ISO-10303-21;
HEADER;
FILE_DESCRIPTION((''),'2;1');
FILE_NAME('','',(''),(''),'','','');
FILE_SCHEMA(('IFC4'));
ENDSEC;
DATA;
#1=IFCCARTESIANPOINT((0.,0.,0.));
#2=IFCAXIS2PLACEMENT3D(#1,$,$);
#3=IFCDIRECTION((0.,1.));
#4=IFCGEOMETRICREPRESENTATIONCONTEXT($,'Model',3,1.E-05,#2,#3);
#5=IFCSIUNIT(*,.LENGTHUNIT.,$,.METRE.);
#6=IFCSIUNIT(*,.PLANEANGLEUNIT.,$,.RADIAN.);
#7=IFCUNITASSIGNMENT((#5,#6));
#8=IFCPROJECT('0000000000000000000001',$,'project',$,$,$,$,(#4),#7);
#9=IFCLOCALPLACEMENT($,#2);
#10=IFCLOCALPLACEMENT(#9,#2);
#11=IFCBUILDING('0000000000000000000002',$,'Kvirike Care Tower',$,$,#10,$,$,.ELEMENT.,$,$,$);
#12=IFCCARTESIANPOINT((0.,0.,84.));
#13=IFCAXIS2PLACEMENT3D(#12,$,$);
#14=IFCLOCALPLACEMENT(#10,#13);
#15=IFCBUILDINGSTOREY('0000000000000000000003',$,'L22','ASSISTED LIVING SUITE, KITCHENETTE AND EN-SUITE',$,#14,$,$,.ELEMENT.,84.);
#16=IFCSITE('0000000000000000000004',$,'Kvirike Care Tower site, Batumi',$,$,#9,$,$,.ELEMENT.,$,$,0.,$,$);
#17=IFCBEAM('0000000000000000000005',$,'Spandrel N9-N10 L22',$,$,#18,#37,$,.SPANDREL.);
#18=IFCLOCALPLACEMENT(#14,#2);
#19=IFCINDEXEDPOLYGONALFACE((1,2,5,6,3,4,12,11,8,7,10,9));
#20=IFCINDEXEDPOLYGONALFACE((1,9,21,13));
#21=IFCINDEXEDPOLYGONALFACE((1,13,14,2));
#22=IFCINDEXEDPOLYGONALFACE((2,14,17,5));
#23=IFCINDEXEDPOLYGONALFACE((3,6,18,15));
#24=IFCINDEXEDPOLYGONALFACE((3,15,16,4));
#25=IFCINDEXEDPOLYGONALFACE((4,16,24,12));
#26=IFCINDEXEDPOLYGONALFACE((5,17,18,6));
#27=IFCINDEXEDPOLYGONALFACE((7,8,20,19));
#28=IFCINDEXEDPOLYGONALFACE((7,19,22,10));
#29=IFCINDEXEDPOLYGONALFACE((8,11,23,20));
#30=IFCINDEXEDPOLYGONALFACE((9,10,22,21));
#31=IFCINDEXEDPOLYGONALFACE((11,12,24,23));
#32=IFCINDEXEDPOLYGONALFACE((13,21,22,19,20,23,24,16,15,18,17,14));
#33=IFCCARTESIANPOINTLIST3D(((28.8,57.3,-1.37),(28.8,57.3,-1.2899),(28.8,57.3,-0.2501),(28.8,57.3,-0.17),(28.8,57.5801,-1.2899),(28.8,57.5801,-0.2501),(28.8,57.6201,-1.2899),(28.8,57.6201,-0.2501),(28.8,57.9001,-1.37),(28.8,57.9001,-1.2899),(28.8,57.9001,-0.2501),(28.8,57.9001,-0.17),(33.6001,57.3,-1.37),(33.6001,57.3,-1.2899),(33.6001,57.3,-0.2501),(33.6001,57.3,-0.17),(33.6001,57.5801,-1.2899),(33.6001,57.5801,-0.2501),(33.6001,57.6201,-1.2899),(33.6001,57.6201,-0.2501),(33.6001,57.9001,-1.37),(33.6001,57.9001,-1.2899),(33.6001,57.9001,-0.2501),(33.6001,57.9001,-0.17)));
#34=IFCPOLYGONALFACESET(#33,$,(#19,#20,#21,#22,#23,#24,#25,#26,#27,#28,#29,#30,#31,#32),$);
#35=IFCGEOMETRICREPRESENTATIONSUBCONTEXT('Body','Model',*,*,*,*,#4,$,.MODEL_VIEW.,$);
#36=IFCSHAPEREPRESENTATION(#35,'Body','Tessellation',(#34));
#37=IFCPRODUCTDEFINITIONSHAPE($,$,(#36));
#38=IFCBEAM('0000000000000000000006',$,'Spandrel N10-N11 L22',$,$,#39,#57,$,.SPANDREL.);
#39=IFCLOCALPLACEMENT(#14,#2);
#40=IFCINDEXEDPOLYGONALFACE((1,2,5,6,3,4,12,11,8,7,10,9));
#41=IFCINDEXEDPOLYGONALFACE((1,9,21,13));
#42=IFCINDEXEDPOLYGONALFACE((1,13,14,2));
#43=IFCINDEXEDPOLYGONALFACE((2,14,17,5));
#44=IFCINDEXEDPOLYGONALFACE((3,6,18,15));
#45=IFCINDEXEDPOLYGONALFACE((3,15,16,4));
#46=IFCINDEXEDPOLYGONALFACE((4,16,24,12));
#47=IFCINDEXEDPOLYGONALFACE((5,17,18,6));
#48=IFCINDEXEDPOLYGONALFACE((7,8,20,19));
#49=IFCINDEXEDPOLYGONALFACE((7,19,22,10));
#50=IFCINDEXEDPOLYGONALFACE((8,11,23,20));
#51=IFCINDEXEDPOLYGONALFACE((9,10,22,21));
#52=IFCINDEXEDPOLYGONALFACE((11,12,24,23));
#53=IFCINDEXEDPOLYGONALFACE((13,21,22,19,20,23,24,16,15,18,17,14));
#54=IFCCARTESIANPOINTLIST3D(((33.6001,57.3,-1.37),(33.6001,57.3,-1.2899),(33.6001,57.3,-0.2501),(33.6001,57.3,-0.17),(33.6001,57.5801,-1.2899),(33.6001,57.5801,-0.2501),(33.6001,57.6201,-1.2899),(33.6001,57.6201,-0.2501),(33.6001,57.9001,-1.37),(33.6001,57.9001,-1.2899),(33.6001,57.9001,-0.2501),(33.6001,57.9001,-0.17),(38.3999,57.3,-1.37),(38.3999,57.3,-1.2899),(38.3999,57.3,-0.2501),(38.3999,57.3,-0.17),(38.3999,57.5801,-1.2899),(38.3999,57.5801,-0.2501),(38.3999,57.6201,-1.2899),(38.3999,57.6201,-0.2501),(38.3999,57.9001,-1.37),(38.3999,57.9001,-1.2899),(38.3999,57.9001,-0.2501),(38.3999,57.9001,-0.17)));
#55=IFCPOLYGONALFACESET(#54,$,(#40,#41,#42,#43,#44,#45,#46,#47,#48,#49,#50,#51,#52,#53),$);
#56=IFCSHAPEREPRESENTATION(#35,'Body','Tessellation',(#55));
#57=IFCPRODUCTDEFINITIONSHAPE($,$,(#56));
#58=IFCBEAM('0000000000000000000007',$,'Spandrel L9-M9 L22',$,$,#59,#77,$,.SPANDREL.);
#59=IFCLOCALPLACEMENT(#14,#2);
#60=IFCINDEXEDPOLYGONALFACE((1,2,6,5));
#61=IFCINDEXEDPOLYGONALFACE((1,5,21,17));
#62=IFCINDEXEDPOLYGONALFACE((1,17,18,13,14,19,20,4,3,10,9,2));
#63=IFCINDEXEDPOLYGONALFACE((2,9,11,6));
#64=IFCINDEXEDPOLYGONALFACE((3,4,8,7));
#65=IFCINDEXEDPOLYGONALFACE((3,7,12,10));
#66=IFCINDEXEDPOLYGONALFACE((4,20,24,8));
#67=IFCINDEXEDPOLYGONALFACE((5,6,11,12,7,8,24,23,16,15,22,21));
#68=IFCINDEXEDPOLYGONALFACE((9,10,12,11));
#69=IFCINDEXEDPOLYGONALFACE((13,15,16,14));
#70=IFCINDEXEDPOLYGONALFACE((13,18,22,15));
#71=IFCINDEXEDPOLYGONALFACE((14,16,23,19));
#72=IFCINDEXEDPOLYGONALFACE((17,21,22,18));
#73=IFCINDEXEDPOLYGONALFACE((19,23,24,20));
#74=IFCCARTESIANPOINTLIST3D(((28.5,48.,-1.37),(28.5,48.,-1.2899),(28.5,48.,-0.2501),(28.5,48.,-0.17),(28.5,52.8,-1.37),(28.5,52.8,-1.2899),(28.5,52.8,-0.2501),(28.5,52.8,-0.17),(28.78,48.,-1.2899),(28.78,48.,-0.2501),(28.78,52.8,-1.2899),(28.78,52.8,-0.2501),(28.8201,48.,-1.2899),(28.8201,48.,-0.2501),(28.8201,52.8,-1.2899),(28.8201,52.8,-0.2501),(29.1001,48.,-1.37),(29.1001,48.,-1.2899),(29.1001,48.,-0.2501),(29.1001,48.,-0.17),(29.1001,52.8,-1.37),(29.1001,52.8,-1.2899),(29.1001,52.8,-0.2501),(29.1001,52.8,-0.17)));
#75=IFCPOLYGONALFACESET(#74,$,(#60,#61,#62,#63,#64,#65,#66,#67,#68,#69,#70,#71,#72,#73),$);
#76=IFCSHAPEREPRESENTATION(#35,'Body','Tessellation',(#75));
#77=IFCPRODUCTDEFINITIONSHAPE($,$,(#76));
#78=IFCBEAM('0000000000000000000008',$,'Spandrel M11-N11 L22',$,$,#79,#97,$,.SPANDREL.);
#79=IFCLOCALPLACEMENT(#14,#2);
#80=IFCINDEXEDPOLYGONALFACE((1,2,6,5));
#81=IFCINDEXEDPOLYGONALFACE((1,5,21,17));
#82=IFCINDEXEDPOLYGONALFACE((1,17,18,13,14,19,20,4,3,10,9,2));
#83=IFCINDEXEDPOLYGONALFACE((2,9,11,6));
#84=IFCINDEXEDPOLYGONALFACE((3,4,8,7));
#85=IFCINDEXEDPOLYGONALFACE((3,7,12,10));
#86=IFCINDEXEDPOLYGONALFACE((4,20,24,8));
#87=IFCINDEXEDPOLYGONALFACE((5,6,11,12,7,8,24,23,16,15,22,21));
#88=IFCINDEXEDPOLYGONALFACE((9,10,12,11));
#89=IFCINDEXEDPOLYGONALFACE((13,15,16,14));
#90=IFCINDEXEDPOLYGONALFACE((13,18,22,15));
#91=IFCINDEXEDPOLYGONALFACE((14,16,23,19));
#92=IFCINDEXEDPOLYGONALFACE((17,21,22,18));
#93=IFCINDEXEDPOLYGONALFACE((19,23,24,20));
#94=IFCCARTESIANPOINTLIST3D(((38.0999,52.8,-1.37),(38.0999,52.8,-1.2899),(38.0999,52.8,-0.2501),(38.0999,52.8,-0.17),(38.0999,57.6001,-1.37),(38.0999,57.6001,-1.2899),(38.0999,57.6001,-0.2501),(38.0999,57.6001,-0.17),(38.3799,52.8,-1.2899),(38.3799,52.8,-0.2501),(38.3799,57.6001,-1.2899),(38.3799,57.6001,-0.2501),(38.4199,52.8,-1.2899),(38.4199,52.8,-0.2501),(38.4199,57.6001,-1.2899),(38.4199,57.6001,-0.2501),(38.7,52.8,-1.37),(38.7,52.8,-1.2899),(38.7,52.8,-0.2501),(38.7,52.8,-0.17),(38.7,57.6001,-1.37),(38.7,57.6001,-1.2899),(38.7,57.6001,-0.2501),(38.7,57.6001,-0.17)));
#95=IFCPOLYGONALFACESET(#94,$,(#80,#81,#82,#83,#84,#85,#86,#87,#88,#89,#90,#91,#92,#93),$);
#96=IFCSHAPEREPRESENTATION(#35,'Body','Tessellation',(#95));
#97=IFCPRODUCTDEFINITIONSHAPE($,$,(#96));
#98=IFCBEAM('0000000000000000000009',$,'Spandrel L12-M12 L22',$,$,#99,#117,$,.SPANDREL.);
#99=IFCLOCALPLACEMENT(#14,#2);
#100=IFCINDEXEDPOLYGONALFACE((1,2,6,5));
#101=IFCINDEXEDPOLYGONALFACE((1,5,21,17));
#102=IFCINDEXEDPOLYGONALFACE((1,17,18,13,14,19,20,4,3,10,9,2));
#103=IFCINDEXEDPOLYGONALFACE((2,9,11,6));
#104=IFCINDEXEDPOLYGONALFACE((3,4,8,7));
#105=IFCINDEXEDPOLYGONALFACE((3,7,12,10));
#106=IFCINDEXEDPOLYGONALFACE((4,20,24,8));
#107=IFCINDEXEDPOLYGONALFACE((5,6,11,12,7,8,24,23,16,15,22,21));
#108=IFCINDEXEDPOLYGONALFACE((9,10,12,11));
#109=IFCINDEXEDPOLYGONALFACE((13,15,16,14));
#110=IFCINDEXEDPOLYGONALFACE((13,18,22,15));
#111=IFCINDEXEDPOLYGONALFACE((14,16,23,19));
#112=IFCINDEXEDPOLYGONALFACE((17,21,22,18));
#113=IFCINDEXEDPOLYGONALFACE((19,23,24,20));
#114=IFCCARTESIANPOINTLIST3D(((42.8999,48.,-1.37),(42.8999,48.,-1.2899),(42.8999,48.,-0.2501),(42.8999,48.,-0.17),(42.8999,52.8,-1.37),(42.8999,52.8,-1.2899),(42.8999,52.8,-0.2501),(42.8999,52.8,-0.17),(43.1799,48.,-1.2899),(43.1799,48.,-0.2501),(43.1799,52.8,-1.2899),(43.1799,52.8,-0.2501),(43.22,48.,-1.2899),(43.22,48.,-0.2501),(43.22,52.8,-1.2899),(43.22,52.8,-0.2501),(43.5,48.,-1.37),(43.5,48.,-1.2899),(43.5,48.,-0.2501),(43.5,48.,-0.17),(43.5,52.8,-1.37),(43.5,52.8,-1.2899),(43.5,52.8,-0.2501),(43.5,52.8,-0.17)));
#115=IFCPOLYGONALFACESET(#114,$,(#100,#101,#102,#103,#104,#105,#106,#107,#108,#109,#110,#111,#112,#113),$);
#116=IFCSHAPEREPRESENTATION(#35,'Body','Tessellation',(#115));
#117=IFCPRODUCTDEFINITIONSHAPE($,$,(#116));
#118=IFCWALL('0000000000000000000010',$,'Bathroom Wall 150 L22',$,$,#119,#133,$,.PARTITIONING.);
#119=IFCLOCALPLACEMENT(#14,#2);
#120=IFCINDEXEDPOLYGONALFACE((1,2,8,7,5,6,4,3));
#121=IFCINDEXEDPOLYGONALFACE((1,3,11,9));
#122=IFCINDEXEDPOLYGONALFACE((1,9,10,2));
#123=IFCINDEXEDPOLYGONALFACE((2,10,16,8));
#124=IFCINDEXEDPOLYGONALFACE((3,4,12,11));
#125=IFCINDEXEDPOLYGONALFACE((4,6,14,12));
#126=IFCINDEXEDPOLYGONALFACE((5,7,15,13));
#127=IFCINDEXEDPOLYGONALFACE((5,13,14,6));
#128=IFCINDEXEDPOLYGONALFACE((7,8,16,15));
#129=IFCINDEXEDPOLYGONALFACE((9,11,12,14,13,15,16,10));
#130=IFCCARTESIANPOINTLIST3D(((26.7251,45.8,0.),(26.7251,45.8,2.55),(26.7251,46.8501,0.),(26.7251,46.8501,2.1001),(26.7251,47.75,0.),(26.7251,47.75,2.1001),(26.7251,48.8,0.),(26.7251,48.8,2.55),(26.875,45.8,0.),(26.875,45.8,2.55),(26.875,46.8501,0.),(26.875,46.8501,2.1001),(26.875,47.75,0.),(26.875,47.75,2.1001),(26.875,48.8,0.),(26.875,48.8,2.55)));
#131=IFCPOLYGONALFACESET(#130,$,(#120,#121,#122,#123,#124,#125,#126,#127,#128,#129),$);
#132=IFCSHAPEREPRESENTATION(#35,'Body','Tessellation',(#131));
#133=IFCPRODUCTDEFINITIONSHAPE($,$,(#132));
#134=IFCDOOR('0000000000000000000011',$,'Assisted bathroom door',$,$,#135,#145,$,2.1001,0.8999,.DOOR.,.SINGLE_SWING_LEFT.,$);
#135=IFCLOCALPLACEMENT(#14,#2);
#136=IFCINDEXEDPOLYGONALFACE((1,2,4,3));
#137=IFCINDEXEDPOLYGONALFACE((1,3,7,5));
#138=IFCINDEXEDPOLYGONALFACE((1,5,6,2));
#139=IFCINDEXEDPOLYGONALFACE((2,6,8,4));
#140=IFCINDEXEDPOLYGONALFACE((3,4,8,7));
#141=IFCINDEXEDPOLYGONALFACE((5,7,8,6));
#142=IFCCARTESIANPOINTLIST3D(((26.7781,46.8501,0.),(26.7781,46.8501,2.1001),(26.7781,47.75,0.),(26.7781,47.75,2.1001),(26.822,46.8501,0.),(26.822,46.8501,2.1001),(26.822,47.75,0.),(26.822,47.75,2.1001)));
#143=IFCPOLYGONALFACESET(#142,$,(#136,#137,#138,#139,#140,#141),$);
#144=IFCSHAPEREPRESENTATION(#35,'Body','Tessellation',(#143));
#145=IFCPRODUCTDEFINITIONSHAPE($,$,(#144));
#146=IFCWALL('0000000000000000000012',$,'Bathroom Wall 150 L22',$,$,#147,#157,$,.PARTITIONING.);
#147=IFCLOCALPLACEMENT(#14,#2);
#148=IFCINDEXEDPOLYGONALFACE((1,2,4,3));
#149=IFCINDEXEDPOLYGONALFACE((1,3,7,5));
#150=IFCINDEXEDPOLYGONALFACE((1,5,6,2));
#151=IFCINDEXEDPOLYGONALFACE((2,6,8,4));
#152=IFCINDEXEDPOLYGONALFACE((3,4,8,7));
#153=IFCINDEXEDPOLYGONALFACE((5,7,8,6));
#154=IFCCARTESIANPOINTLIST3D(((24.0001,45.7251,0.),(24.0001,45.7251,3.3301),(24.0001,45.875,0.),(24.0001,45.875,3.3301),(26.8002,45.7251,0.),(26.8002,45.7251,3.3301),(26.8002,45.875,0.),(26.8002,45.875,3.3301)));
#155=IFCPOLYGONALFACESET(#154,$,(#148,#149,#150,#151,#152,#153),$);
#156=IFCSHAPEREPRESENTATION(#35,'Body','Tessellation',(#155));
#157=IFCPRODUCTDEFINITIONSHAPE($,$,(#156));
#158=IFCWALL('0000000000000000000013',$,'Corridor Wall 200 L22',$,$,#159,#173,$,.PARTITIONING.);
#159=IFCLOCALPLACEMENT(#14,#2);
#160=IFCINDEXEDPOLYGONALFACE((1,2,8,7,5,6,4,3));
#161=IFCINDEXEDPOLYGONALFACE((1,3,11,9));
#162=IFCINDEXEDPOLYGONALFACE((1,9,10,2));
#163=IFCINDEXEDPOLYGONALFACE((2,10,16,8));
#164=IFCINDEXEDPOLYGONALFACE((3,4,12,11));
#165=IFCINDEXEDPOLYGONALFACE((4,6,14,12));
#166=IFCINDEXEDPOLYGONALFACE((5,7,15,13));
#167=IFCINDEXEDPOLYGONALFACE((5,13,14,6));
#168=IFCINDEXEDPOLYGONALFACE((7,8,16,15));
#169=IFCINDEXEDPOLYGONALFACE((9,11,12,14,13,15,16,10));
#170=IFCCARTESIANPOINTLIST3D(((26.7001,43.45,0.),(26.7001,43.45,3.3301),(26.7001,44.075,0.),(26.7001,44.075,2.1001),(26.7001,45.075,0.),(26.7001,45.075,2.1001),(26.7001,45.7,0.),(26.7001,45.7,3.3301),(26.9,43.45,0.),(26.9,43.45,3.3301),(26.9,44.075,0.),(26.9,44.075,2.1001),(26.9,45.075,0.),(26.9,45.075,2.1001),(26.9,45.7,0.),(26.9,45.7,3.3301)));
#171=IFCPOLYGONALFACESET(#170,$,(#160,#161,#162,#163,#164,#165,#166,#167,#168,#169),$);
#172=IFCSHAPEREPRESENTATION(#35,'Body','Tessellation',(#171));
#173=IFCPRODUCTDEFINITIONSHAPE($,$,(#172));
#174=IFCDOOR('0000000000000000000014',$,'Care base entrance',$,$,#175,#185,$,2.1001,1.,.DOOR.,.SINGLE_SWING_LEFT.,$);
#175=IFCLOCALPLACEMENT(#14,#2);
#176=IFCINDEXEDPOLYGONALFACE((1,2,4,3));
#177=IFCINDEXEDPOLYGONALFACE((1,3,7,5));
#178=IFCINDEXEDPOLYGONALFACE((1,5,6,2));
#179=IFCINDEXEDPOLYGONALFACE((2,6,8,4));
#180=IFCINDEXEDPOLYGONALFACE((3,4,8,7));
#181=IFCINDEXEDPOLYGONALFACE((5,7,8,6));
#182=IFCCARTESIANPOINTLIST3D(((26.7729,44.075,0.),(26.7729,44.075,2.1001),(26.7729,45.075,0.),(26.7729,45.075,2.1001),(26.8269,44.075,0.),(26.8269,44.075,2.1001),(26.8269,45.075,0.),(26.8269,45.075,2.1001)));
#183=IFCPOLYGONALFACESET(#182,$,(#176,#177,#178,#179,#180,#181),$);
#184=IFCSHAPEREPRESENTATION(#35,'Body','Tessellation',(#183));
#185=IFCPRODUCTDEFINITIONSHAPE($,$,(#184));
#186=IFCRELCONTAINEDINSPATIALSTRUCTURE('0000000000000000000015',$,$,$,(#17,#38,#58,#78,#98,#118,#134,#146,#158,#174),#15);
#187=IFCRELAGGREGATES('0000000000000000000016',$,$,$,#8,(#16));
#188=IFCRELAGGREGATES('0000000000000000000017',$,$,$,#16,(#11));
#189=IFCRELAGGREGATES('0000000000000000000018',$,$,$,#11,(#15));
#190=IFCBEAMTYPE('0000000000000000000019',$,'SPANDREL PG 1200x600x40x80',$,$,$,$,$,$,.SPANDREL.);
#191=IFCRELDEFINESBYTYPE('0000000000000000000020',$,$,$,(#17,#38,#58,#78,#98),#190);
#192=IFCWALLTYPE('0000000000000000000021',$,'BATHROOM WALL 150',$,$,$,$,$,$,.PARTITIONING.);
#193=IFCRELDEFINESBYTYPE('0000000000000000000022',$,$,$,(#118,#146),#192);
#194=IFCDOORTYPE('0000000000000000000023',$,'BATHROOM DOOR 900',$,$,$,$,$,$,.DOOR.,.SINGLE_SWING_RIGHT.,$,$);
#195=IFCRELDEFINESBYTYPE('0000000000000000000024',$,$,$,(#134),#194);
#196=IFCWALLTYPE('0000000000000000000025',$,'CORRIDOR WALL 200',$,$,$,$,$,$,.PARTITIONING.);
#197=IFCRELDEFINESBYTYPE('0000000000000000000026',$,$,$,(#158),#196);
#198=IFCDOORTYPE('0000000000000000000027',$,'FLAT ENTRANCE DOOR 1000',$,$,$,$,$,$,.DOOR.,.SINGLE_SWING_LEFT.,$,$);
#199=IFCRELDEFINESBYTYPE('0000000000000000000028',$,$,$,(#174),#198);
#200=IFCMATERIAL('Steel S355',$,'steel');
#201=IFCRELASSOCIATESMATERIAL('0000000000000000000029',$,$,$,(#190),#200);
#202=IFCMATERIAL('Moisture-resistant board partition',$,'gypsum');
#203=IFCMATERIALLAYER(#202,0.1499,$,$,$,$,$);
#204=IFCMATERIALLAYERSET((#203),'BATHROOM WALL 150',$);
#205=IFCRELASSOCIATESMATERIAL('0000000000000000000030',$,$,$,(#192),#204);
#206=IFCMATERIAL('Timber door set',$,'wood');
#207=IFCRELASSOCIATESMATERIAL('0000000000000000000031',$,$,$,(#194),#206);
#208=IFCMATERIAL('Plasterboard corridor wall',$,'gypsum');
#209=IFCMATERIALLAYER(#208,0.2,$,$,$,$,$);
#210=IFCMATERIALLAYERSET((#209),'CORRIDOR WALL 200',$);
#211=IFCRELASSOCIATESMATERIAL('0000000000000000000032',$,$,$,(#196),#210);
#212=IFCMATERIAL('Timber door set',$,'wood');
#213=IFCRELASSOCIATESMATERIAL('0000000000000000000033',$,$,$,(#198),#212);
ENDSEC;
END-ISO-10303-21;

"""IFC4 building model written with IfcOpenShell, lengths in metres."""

from ifc_helpers import new_model, si_unit, direction, frame, frame_2d, origin, origin_2d, place, context, subcontext, project, spatial, rectangle, i_section, extrude, material, layer, layer_set, material_profile, profile_set, type_object, element, fill, save


model = new_model("IFC4")

# Units and contexts
model_context = context("Model", 3, precision=1e-05, world=origin(), true_north=direction((0.0, 1.0)))
body_context = subcontext(model_context, "Body", "Model", "MODEL_VIEW")
ifc_project = project(units=[si_unit("LENGTHUNIT", "METRE"), si_unit("PLANEANGLEUNIT", "RADIAN")], contexts=[model_context])

# Site, building, storey
site_placement = place(None, origin())
site = spatial("IfcSite", under=ifc_project, at=site_placement, Name="Kvirike Care Tower site, Batumi", CompositionType="ELEMENT", RefElevation=0.0)
building_placement = place(site_placement, origin())
building = spatial("IfcBuilding", under=site, at=building_placement, Name="Kvirike Care Tower", CompositionType="ELEMENT")
storey_placement = place(building_placement, frame((0.0, 0.0, 84.0)))
storey = spatial("IfcBuildingStorey", under=building, at=storey_placement, Name="L22", Description="ASSISTED LIVING SUITE, KITCHENETTE AND EN-SUITE", CompositionType="ELEMENT", Elevation=84.0)

# Beams
ifc_material_1 = material(Name="Steel S355", Category="steel")
ifc_material_profile_1 = material_profile(ifc_material_1, i_section(OverallWidth=0.6001, OverallDepth=1.2, WebThickness=0.04, FlangeThickness=0.0801, at=origin_2d()), Name="PG 1200x600x40x80")
ifc_profile_set_1 = profile_set([ifc_material_profile_1], Name="Steel S355")
beam_type_1 = type_object("IfcBeamType", Name="SPANDREL PG 1200x600x40x80", PredefinedType="SPANDREL", material=ifc_profile_set_1)
for number, where, z_axis, x_axis, name in (
    (1, (28.8, 57.6001, -0.77), (1.0, 0.0, 0.0), (0.0, 1.0, 0.0), "Spandrel N9-N10 L22"),
):
    element("IfcBeam", number, at=place(storey_placement, frame(where, z_axis=z_axis, x_axis=x_axis)), inside=storey, type_object=beam_type_1, Name=name, PredefinedType="SPANDREL", context=body_context, shape_type="SweptSolid", body=[
        extrude(i_section(OverallWidth=0.6001, OverallDepth=1.2, WebThickness=0.04, FlangeThickness=0.0801, at=origin_2d()), origin(), (0.0, 0.0, 1.0), 4.8),
    ])
beam_1_placement = place(storey_placement, frame((33.6001, 57.6001, -0.77), z_axis=(1.0, 0.0, 0.0), x_axis=(0.0, 1.0, 0.0)))
element("IfcBeam", 2, at=beam_1_placement, inside=storey, type_object=beam_type_1, Name="Spandrel N10-N11 L22", PredefinedType="SPANDREL", context=body_context, shape_type="SweptSolid", body=[
    extrude(i_section(OverallWidth=0.6001, OverallDepth=1.2, WebThickness=0.04, FlangeThickness=0.0801, at=origin_2d()), origin(), (0.0, 0.0, 1.0), 4.7998),
])
for number, where, z_axis, x_axis, name in (
    (3, (28.8, 48.0, -0.77), (0.0, 1.0, 0.0), (-1.0, 0.0, 0.0), "Spandrel L9-M9 L22"),
    (4, (38.3999, 52.8, -0.77), (0.0, 1.0, 0.0), (-1.0, 0.0, 0.0), "Spandrel M11-N11 L22"),
    (5, (43.2, 48.0, -0.77), (0.0, 1.0, 0.0), (-1.0, 0.0, 0.0), "Spandrel L12-M12 L22"),
):
    element("IfcBeam", number, at=place(storey_placement, frame(where, z_axis=z_axis, x_axis=x_axis)), inside=storey, type_object=beam_type_1, Name=name, PredefinedType="SPANDREL", context=body_context, shape_type="SweptSolid", body=[
        extrude(i_section(OverallWidth=0.6001, OverallDepth=1.2, WebThickness=0.04, FlangeThickness=0.0801, at=origin_2d()), origin(), (0.0, 0.0, 1.0), 4.8),
    ])

# Wall, opening, door
ifc_material_2 = material(Name="Moisture-resistant board partition", Category="gypsum")
ifc_layer_1 = layer(ifc_material_2, 0.1499)
ifc_layer_set_1 = layer_set([ifc_layer_1], Name="BATHROOM WALL 150")
wall_type_1 = type_object("IfcWallType", Name="BATHROOM WALL 150", PredefinedType="PARTITIONING", material=ifc_layer_set_1)
wall_1_placement = place(storey_placement, frame((26.8, 48.8, 0.0), z_axis=(0.0, 0.0, 1.0), x_axis=(0.0, -1.0, 0.0)))
wall_1 = element("IfcWall", 6, at=wall_1_placement, inside=storey, type_object=wall_type_1, Name="Bathroom Wall 150 L22", PredefinedType="PARTITIONING", context=body_context, shape_type="SweptSolid", body=[
    extrude(rectangle(XDim=3.0, YDim=0.1499, at=frame_2d((1.5, 0.0))), origin(), (0.0, 0.0, 1.0), 2.55),
])
opening_1_placement = place(wall_1_placement, frame((1.05, 0.0, 0.0)))
opening_1 = element("IfcOpeningElement", 7, at=opening_1_placement, cuts=wall_1, PredefinedType="OPENING", context=body_context, shape_type="SweptSolid", body=[
    extrude(rectangle(XDim=0.8999, YDim=2.1001, at=frame_2d((0.45, 1.05))), frame((0.0, 0.0854, 0.0), z_axis=(0.0, -1.0, 0.0), x_axis=(1.0, 0.0, 0.0)), (0.0, 0.0, 1.0), 0.1709),
])
ifc_material_3 = material(Name="Timber door set", Category="wood")
door_type_1 = type_object("IfcDoorType", Name="BATHROOM DOOR 900", OperationType="SINGLE_SWING_RIGHT", PredefinedType="DOOR", material=ifc_material_3)
door_1_placement = place(opening_1_placement, frame((0.8999, 0.0, 0.0), z_axis=(0.0, 0.0, 1.0), x_axis=(-1.0, 0.0, 0.0)))
door_1 = element("IfcDoor", 8, at=door_1_placement, inside=storey, type_object=door_type_1, Name="Assisted bathroom door", OperationType="SINGLE_SWING_LEFT", OverallHeight=2.1001, OverallWidth=0.8999, PredefinedType="DOOR", context=body_context, shape_type="SweptSolid", body=[
    extrude(rectangle(XDim=0.8999, YDim=2.1001, at=frame_2d((0.45, 1.05))), frame((0.0, 0.022, 0.0), z_axis=(0.0, -1.0, 0.0), x_axis=(1.0, 0.0, 0.0)), (0.0, 0.0, 1.0), 0.0439),
])
fill(opening_1, door_1)

# Wall
wall_2_placement = place(storey_placement, frame((26.8, 45.8, 0.0), z_axis=(0.0, 0.0, 1.0), x_axis=(-1.0, 0.0, 0.0)))
element("IfcWall", 9, at=wall_2_placement, inside=storey, type_object=wall_type_1, Name="Bathroom Wall 150 L22", PredefinedType="PARTITIONING", context=body_context, shape_type="SweptSolid", body=[
    extrude(rectangle(XDim=2.8, YDim=0.1499, at=frame_2d((1.3999, 0.0))), origin(), (0.0, 0.0, 1.0), 3.3301),
])

# Wall, opening, door
ifc_material_4 = material(Name="Plasterboard corridor wall", Category="gypsum")
ifc_layer_2 = layer(ifc_material_4, 0.2)
ifc_layer_set_2 = layer_set([ifc_layer_2], Name="CORRIDOR WALL 200")
wall_type_2 = type_object("IfcWallType", Name="CORRIDOR WALL 200", PredefinedType="PARTITIONING", material=ifc_layer_set_2)
wall_3_placement = place(storey_placement, frame((26.8, 45.7, 0.0), z_axis=(0.0, 0.0, 1.0), x_axis=(0.0, -1.0, 0.0)))
wall_3 = element("IfcWall", 10, at=wall_3_placement, inside=storey, type_object=wall_type_2, Name="Corridor Wall 200 L22", PredefinedType="PARTITIONING", context=body_context, shape_type="SweptSolid", body=[
    extrude(rectangle(XDim=2.25, YDim=0.2, at=frame_2d((1.125, 0.0))), origin(), (0.0, 0.0, 1.0), 3.3301),
])
opening_2_placement = place(wall_3_placement, frame((0.625, 0.0, 0.0)))
opening_2 = element("IfcOpeningElement", 11, at=opening_2_placement, cuts=wall_3, PredefinedType="OPENING", context=body_context, shape_type="SweptSolid", body=[
    extrude(rectangle(XDim=1.0, YDim=2.1001, at=frame_2d((0.5, 1.05))), frame((0.0, 0.1106, 0.0), z_axis=(0.0, -1.0, 0.0), x_axis=(1.0, 0.0, 0.0)), (0.0, 0.0, 1.0), 0.2209),
])
ifc_material_5 = material(Name="Timber door set", Category="wood")
door_type_2 = type_object("IfcDoorType", Name="FLAT ENTRANCE DOOR 1000", OperationType="SINGLE_SWING_LEFT", PredefinedType="DOOR", material=ifc_material_5)
door_2_placement = place(opening_2_placement, origin())
door_2 = element("IfcDoor", 12, at=door_2_placement, inside=storey, type_object=door_type_2, Name="Care base entrance", OperationType="SINGLE_SWING_LEFT", OverallHeight=2.1001, OverallWidth=1.0, PredefinedType="DOOR", context=body_context, shape_type="SweptSolid", body=[
    extrude(rectangle(XDim=1.0, YDim=2.1001, at=frame_2d((0.5, 1.05))), frame((0.0, 0.0269, 0.0), z_axis=(0.0, -1.0, 0.0), x_axis=(1.0, 0.0, 0.0)), (0.0, 0.0, 1.0), 0.054),
])
fill(opening_2, door_2)

save(model, "model.ifc")
